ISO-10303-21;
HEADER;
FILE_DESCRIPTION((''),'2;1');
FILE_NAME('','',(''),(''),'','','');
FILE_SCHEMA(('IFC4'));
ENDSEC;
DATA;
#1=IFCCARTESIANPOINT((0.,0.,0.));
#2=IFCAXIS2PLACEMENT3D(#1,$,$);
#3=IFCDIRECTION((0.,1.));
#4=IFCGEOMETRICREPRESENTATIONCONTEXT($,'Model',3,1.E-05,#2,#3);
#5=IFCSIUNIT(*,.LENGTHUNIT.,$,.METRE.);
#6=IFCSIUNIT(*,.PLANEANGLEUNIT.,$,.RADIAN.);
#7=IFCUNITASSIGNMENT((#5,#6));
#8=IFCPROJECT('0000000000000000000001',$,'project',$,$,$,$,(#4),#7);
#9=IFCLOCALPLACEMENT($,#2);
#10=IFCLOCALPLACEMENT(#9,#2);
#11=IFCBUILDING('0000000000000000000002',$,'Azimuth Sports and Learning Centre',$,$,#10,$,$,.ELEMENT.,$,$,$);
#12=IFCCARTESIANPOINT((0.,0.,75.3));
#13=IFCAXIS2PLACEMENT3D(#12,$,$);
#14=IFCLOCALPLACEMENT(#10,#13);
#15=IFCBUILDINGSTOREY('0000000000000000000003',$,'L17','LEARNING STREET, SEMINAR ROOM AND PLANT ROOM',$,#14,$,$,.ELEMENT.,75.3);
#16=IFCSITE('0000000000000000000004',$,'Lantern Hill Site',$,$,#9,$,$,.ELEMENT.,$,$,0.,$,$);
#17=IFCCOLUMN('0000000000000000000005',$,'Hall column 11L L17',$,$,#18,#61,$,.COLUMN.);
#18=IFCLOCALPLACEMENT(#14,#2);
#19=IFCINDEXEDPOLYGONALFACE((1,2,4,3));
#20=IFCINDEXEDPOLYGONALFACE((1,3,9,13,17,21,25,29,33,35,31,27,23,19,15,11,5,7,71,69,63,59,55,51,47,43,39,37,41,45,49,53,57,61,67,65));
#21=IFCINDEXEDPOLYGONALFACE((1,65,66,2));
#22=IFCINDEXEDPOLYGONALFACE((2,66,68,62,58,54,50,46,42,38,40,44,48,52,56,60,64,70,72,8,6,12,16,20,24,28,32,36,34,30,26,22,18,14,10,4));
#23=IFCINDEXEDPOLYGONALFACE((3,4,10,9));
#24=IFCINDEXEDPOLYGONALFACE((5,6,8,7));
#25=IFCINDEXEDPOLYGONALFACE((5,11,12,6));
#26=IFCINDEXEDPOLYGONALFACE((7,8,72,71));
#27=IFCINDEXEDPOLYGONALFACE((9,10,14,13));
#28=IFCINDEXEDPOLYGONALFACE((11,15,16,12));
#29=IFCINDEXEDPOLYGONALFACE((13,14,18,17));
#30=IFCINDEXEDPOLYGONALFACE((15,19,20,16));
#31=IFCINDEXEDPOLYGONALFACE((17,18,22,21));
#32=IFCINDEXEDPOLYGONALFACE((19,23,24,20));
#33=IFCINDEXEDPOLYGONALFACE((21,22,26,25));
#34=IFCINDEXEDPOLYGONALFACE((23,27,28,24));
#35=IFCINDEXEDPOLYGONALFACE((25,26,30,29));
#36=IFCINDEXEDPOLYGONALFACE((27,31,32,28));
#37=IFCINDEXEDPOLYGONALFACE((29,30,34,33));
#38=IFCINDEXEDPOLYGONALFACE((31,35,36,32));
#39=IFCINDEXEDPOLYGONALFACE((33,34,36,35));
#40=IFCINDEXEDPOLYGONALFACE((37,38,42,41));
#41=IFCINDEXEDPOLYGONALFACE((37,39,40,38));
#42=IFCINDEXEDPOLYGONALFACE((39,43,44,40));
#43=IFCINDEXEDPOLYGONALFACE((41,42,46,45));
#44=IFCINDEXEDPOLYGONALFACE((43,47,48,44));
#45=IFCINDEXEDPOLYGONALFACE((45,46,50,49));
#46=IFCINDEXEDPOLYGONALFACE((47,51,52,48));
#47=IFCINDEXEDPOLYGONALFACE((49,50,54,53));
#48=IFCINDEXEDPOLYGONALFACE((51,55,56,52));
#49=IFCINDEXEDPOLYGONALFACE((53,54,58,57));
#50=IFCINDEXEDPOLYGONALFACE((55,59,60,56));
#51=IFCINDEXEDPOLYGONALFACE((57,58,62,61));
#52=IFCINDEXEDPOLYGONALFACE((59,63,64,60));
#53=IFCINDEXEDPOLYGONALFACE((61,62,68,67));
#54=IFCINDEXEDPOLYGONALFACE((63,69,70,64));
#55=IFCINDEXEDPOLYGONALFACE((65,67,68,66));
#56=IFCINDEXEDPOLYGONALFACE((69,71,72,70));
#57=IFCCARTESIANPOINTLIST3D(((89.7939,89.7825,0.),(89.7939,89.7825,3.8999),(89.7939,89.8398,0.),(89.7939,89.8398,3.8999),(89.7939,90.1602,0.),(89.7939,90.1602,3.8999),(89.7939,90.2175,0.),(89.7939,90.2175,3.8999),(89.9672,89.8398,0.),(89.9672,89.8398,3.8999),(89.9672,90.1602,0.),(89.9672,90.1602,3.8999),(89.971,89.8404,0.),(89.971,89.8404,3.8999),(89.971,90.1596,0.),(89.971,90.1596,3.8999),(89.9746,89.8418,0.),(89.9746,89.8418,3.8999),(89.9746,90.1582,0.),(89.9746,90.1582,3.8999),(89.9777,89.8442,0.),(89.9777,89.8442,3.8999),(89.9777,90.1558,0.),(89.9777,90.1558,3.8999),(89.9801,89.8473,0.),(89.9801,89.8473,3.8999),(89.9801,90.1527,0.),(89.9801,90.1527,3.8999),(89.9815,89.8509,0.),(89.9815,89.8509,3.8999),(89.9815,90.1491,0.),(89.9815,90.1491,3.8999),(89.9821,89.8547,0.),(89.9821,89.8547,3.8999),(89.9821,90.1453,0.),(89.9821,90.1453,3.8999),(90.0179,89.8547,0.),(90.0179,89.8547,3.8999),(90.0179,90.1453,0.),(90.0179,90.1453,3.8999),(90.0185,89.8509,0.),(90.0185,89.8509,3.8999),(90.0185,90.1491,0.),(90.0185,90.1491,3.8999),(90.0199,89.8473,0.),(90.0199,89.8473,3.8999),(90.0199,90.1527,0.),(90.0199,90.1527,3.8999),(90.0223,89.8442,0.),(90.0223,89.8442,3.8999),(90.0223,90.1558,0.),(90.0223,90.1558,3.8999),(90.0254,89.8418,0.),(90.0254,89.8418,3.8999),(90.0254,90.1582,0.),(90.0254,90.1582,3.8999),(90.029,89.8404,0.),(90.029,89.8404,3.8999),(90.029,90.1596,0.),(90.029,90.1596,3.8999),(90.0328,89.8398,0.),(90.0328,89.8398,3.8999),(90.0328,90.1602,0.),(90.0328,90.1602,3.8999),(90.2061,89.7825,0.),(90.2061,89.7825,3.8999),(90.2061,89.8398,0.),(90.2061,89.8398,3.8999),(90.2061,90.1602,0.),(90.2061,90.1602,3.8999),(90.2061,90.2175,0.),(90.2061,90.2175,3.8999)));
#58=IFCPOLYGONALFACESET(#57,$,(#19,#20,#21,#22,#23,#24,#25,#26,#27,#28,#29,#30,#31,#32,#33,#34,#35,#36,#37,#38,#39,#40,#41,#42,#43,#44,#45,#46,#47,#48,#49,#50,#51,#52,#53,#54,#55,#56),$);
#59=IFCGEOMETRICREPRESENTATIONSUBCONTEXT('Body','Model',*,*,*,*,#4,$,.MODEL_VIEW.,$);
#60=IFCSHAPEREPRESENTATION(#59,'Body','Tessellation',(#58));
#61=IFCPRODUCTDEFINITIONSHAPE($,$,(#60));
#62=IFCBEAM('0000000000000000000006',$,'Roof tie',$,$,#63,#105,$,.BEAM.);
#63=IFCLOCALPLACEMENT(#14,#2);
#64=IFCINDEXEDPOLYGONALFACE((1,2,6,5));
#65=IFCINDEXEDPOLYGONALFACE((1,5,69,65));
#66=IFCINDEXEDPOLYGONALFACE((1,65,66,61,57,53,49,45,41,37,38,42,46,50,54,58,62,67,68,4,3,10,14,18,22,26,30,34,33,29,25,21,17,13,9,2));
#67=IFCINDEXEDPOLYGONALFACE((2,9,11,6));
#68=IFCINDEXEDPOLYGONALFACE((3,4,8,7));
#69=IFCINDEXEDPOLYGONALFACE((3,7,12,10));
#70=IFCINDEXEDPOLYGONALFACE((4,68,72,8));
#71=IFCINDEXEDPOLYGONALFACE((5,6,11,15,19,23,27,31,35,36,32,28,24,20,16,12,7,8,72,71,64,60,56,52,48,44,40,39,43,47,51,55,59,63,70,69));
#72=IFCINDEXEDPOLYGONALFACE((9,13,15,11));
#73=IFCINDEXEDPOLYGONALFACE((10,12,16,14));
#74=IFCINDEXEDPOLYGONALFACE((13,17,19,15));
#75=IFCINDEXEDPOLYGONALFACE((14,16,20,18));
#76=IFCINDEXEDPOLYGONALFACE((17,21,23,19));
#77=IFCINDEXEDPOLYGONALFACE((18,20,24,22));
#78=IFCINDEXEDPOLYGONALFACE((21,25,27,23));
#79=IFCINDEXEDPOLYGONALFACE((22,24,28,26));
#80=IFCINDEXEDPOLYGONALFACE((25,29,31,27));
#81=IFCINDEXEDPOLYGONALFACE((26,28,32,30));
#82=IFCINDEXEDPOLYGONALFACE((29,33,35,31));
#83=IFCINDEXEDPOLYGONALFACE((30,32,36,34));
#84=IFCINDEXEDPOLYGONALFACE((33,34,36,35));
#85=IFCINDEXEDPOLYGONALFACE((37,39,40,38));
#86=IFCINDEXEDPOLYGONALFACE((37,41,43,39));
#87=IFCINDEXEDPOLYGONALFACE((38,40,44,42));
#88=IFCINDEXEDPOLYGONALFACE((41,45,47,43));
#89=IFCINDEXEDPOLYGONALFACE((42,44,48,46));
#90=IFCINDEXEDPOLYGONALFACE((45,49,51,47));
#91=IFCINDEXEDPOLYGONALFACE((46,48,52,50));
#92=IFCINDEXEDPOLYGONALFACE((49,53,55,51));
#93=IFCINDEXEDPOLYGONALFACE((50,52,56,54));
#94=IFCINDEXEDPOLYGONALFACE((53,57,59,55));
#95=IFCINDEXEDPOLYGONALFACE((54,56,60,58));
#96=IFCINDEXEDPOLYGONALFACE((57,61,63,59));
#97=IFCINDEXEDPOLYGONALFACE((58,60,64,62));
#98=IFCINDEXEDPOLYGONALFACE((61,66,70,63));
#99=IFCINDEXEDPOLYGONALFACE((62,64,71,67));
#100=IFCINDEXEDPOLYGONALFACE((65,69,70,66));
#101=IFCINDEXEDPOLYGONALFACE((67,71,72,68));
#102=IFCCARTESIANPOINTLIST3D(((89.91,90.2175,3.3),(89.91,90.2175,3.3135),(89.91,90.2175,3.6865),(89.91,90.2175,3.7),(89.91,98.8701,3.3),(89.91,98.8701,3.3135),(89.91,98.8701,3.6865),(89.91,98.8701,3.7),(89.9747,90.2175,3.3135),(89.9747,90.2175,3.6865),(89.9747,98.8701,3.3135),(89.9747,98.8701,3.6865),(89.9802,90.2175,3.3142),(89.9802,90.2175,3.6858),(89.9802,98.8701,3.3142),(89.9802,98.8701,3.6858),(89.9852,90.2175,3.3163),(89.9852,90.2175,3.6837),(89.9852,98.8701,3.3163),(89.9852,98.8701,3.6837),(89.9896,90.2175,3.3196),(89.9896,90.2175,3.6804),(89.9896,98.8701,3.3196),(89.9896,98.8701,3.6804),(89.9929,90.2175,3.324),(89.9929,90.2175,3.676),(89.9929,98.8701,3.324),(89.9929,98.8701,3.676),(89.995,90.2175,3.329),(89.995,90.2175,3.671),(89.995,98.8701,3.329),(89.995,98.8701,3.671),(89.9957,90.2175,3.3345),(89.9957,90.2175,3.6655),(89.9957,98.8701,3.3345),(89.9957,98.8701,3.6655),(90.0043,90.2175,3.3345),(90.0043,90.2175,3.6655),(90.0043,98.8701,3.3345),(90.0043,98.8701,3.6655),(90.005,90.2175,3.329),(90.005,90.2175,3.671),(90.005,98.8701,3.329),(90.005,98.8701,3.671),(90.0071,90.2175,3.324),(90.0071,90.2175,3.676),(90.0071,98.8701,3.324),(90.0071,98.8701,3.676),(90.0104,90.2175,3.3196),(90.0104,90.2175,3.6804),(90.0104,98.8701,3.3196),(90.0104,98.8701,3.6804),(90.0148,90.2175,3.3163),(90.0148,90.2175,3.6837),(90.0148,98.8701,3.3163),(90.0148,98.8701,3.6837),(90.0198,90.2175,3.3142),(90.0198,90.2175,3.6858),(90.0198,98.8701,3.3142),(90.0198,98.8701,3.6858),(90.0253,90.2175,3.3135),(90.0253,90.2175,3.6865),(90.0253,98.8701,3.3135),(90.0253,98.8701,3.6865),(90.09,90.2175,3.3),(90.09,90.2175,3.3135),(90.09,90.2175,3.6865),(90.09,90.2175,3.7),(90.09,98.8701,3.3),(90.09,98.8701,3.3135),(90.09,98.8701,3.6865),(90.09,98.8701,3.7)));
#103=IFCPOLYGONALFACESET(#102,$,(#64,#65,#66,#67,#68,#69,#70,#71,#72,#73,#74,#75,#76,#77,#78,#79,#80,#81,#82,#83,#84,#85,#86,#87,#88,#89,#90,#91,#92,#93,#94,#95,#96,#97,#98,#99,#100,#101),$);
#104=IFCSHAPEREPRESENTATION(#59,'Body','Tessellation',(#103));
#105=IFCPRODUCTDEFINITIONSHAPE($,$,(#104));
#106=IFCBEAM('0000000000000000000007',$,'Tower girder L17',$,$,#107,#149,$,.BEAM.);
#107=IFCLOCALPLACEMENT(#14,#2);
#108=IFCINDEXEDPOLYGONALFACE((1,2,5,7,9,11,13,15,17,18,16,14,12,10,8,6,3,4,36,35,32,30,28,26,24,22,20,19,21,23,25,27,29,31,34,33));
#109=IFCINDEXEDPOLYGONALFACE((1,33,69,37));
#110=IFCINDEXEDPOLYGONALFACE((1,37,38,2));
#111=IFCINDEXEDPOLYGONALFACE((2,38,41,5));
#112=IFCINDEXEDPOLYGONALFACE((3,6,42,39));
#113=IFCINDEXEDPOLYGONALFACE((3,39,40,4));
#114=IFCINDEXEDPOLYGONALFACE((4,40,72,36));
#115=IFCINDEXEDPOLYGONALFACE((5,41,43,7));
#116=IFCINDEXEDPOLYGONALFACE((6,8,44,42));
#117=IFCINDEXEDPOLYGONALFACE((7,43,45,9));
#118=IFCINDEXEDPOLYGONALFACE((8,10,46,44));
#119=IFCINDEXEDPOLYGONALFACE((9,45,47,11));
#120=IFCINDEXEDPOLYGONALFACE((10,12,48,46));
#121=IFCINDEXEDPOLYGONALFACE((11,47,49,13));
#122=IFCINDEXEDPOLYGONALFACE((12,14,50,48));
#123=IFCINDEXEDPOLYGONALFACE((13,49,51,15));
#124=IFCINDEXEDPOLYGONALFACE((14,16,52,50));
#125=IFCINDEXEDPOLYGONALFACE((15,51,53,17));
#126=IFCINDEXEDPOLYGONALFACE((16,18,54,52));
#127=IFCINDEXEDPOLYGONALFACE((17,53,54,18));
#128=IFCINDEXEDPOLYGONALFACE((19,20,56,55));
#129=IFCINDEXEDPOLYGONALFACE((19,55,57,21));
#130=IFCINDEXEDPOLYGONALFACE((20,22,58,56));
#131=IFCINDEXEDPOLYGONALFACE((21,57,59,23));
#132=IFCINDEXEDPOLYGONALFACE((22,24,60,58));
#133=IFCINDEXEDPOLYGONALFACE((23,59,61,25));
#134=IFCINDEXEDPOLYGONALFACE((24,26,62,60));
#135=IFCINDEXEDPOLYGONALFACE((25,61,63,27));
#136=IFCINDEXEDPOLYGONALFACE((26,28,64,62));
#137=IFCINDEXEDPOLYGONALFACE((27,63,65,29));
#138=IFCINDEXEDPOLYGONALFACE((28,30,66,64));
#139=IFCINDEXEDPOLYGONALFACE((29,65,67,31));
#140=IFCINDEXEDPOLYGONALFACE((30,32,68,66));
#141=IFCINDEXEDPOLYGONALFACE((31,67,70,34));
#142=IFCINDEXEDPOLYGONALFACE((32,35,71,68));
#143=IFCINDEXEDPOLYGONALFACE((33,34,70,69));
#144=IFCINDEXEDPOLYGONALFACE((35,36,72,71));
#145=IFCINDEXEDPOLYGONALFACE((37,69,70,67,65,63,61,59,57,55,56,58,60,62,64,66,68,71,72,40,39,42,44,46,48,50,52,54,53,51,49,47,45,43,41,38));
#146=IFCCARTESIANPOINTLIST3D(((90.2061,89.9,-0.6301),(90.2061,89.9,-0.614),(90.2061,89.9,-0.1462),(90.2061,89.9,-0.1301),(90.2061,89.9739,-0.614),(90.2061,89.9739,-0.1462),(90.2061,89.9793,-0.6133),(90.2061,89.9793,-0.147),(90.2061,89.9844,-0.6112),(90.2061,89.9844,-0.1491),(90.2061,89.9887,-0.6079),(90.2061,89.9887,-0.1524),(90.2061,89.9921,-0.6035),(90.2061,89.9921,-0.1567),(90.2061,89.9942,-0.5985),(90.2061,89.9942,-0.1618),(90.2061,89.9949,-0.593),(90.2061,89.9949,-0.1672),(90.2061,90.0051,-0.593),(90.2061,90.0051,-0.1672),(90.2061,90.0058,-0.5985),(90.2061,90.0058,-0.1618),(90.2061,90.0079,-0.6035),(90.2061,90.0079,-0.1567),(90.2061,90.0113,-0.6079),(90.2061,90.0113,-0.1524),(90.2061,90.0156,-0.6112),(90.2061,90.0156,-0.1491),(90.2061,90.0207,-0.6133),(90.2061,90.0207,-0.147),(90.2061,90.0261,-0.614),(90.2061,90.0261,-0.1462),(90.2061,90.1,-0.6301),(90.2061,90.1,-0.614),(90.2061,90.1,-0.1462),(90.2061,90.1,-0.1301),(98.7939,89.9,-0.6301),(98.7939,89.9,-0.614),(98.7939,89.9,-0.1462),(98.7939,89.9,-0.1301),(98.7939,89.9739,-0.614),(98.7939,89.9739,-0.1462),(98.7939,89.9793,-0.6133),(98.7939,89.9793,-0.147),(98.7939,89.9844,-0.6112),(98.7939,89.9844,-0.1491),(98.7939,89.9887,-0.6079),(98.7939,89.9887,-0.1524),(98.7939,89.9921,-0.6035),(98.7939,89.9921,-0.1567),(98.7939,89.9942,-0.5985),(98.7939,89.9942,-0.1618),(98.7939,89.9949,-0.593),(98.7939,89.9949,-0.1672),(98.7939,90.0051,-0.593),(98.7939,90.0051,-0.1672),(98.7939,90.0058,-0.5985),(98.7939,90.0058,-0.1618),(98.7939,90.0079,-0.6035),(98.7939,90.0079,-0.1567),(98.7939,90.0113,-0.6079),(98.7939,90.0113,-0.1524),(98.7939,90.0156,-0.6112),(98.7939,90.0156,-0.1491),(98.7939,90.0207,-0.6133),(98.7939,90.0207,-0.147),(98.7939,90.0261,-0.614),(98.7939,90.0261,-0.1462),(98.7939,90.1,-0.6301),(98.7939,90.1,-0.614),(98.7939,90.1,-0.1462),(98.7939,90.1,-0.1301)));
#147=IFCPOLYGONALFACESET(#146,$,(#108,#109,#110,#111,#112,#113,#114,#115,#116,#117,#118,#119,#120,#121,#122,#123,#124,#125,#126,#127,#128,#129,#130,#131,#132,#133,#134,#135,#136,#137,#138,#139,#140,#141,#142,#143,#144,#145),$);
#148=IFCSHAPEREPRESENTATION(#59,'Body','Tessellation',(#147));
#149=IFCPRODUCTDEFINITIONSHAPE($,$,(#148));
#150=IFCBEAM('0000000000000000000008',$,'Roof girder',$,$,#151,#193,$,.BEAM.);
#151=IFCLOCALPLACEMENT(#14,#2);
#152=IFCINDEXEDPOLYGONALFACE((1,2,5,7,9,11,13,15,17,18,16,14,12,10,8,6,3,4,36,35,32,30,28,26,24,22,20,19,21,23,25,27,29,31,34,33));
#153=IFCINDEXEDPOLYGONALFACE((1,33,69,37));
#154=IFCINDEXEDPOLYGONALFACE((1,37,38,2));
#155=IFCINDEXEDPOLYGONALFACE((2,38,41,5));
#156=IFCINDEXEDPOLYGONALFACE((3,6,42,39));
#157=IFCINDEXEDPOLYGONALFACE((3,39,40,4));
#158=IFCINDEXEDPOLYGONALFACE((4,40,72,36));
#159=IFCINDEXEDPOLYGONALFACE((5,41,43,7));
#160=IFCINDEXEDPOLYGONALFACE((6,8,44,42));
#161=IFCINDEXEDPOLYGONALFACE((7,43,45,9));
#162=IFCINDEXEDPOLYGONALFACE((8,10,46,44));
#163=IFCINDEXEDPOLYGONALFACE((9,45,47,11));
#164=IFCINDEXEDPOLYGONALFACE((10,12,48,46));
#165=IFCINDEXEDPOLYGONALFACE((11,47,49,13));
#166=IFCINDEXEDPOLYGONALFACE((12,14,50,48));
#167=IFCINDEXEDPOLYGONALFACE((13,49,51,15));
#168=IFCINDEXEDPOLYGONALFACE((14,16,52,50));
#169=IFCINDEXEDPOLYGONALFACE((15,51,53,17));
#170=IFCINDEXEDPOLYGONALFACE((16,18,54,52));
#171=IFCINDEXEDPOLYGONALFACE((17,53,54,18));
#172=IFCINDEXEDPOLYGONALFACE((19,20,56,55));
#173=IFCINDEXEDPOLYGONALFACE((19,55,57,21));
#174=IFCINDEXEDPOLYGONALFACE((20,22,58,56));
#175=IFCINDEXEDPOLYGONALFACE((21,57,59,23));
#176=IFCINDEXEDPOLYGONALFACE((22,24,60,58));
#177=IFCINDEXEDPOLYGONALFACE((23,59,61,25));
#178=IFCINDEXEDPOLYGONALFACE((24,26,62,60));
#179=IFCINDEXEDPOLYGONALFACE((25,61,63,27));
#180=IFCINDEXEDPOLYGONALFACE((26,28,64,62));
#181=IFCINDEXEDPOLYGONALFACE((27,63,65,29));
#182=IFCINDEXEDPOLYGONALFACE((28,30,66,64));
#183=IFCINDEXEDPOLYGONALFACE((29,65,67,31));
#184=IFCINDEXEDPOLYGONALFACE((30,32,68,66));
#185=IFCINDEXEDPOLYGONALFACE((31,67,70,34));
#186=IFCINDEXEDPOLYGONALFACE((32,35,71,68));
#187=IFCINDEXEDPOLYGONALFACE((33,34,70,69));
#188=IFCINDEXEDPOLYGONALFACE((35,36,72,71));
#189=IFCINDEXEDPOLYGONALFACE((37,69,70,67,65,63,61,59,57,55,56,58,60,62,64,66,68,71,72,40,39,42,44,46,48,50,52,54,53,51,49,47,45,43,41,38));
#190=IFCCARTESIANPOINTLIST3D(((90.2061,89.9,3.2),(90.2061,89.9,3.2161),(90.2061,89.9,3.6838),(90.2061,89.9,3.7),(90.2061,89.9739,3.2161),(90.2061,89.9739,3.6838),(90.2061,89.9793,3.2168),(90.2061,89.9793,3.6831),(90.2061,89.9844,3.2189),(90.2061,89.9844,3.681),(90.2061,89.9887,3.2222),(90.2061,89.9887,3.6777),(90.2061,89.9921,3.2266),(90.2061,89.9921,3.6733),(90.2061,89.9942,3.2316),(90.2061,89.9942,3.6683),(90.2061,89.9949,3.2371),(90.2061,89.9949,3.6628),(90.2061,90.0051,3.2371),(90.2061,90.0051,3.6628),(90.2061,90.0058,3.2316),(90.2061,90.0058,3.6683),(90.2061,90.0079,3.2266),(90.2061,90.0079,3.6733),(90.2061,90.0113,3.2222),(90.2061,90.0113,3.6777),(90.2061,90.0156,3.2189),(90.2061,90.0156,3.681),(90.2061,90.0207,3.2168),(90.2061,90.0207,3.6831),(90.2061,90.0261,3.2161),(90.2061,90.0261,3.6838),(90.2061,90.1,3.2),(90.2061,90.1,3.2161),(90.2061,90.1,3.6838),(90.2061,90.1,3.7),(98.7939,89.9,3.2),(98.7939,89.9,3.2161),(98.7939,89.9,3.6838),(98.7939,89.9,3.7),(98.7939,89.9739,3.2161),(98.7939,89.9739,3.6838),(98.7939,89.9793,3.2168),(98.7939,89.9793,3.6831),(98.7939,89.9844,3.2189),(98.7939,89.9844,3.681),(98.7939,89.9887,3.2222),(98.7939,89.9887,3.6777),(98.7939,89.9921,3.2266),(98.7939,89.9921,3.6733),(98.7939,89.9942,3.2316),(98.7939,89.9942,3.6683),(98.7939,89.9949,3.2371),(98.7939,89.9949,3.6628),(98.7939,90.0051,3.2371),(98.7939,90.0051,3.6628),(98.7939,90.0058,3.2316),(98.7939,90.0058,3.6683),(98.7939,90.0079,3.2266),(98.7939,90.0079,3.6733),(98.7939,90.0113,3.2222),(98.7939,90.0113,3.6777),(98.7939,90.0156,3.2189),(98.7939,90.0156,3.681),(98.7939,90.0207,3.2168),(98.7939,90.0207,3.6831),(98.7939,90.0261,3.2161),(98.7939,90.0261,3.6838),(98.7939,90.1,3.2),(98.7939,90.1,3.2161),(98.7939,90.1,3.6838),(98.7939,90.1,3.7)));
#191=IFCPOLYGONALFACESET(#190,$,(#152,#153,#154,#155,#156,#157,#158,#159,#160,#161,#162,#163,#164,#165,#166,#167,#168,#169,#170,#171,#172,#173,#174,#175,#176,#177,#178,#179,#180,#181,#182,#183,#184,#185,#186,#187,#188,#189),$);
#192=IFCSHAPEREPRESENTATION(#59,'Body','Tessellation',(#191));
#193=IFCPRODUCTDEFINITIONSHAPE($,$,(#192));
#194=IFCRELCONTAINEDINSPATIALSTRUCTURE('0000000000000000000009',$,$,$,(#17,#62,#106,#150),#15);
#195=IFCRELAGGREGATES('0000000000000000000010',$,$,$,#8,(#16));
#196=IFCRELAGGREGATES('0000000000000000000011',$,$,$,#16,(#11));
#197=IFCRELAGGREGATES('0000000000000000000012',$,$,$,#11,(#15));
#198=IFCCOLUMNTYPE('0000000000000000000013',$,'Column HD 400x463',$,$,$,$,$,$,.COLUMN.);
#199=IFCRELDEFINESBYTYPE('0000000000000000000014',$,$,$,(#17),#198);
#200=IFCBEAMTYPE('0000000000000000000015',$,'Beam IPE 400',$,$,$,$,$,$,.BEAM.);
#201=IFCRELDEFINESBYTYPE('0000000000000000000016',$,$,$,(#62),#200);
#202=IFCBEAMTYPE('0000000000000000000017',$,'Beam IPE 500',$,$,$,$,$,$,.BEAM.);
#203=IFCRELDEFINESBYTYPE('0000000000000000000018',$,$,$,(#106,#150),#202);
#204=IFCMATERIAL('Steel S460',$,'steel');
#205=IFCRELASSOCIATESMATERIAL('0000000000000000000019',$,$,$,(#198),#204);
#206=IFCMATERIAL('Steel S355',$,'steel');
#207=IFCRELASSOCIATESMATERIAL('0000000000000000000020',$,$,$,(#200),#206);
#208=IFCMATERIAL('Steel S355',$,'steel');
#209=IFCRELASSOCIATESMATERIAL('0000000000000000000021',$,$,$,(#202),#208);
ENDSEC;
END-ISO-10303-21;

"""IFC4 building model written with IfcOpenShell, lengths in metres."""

from ifc_helpers import new_model, si_unit, direction, frame, origin, origin_2d, place, context, subcontext, project, spatial, i_section, extrude, material, material_profile, profile_set, type_object, element, save


model = new_model("IFC4")

# Units and contexts
model_context = context("Model", 3, precision=1e-05, world=origin(), true_north=direction((0.0, 1.0)))
body_context = subcontext(model_context, "Body", "Model", "MODEL_VIEW")
ifc_project = project(units=[si_unit("LENGTHUNIT", "METRE"), si_unit("PLANEANGLEUNIT", "RADIAN")], contexts=[model_context])

# Site, building, storey
site_placement = place(None, origin())
site = spatial("IfcSite", under=ifc_project, at=site_placement, Name="Lantern Hill Site", CompositionType="ELEMENT", RefElevation=0.0)
building_placement = place(site_placement, origin())
building = spatial("IfcBuilding", under=site, at=building_placement, Name="Azimuth Sports and Learning Centre", CompositionType="ELEMENT")
storey_placement = place(building_placement, frame((0.0, 0.0, 75.3)))
storey = spatial("IfcBuildingStorey", under=building, at=storey_placement, Name="L17", Description="LEARNING STREET, SEMINAR ROOM AND PLANT ROOM", CompositionType="ELEMENT", Elevation=75.3)

# Column
ifc_material_1 = material(Name="Steel S460", Category="steel")
ifc_material_profile_1 = material_profile(ifc_material_1, i_section(OverallWidth=0.4121, OverallDepth=0.4351, WebThickness=0.0359, FlangeThickness=0.0574, FilletRadius=0.0149, at=origin_2d()), Name="HD 400x463")
ifc_profile_set_1 = profile_set([ifc_material_profile_1], Name="Steel S460")
column_type = type_object("IfcColumnType", Name="Column HD 400x463", PredefinedType="COLUMN", material=ifc_profile_set_1)
column_placement = place(storey_placement, frame((90.0, 90.0, 0.0), z_axis=(0.0, 0.0, 1.0), x_axis=(1.0, 0.0, 0.0)))
element("IfcColumn", 1, at=column_placement, inside=storey, type_object=column_type, Name="Hall column 11L L17", PredefinedType="COLUMN", context=body_context, shape_type="SweptSolid", body=[
    extrude(i_section(OverallWidth=0.4121, OverallDepth=0.4351, WebThickness=0.0359, FlangeThickness=0.0574, FilletRadius=0.0149, at=origin_2d()), origin(), (0.0, 0.0, 1.0), 3.8999),
])

# Beams
ifc_material_2 = material(Name="Steel S355", Category="steel")
ifc_material_profile_2 = material_profile(ifc_material_2, i_section(OverallWidth=0.1799, OverallDepth=0.3999, WebThickness=0.0085, FlangeThickness=0.0134, FilletRadius=0.021, at=origin_2d()), Name="IPE 400")
ifc_profile_set_2 = profile_set([ifc_material_profile_2], Name="Steel S355")
beam_type_1 = type_object("IfcBeamType", Name="Beam IPE 400", PredefinedType="BEAM", material=ifc_profile_set_2)
beam_1_placement = place(storey_placement, frame((90.0, 90.2175, 3.5), z_axis=(0.0, 1.0, 0.0), x_axis=(-1.0, 0.0, 0.0)))
element("IfcBeam", 2, at=beam_1_placement, inside=storey, type_object=beam_type_1, Name="Roof tie", PredefinedType="BEAM", context=body_context, shape_type="SweptSolid", body=[
    extrude(i_section(OverallWidth=0.1799, OverallDepth=0.3999, WebThickness=0.0085, FlangeThickness=0.0134, FilletRadius=0.021, at=origin_2d()), origin(), (0.0, 0.0, 1.0), 8.6526),
])
ifc_material_3 = material(Name="Steel S355", Category="steel")
ifc_material_profile_3 = material_profile(ifc_material_3, i_section(OverallWidth=0.2, OverallDepth=0.5, WebThickness=0.0103, FlangeThickness=0.0161, FilletRadius=0.021, at=origin_2d()), Name="IPE 500")
ifc_profile_set_3 = profile_set([ifc_material_profile_3], Name="Steel S355")
beam_type_2 = type_object("IfcBeamType", Name="Beam IPE 500", PredefinedType="BEAM", material=ifc_profile_set_3)
for number, where, z_axis, x_axis, name in (
    (3, (90.2061, 90.0, -0.3801), (1.0, 0.0, 0.0), (0.0, 1.0, 0.0), "Tower girder L17"),
    (4, (90.2061, 90.0, 3.45), (1.0, 0.0, 0.0), (0.0, 1.0, 0.0), "Roof girder"),
):
    element("IfcBeam", number, at=place(storey_placement, frame(where, z_axis=z_axis, x_axis=x_axis)), inside=storey, type_object=beam_type_2, Name=name, PredefinedType="BEAM", context=body_context, shape_type="SweptSolid", body=[
        extrude(i_section(OverallWidth=0.2, OverallDepth=0.5, WebThickness=0.0103, FlangeThickness=0.0161, FilletRadius=0.021, at=origin_2d()), origin(), (0.0, 0.0, 1.0), 8.5879),
    ])

save(model, "model.ifc")
